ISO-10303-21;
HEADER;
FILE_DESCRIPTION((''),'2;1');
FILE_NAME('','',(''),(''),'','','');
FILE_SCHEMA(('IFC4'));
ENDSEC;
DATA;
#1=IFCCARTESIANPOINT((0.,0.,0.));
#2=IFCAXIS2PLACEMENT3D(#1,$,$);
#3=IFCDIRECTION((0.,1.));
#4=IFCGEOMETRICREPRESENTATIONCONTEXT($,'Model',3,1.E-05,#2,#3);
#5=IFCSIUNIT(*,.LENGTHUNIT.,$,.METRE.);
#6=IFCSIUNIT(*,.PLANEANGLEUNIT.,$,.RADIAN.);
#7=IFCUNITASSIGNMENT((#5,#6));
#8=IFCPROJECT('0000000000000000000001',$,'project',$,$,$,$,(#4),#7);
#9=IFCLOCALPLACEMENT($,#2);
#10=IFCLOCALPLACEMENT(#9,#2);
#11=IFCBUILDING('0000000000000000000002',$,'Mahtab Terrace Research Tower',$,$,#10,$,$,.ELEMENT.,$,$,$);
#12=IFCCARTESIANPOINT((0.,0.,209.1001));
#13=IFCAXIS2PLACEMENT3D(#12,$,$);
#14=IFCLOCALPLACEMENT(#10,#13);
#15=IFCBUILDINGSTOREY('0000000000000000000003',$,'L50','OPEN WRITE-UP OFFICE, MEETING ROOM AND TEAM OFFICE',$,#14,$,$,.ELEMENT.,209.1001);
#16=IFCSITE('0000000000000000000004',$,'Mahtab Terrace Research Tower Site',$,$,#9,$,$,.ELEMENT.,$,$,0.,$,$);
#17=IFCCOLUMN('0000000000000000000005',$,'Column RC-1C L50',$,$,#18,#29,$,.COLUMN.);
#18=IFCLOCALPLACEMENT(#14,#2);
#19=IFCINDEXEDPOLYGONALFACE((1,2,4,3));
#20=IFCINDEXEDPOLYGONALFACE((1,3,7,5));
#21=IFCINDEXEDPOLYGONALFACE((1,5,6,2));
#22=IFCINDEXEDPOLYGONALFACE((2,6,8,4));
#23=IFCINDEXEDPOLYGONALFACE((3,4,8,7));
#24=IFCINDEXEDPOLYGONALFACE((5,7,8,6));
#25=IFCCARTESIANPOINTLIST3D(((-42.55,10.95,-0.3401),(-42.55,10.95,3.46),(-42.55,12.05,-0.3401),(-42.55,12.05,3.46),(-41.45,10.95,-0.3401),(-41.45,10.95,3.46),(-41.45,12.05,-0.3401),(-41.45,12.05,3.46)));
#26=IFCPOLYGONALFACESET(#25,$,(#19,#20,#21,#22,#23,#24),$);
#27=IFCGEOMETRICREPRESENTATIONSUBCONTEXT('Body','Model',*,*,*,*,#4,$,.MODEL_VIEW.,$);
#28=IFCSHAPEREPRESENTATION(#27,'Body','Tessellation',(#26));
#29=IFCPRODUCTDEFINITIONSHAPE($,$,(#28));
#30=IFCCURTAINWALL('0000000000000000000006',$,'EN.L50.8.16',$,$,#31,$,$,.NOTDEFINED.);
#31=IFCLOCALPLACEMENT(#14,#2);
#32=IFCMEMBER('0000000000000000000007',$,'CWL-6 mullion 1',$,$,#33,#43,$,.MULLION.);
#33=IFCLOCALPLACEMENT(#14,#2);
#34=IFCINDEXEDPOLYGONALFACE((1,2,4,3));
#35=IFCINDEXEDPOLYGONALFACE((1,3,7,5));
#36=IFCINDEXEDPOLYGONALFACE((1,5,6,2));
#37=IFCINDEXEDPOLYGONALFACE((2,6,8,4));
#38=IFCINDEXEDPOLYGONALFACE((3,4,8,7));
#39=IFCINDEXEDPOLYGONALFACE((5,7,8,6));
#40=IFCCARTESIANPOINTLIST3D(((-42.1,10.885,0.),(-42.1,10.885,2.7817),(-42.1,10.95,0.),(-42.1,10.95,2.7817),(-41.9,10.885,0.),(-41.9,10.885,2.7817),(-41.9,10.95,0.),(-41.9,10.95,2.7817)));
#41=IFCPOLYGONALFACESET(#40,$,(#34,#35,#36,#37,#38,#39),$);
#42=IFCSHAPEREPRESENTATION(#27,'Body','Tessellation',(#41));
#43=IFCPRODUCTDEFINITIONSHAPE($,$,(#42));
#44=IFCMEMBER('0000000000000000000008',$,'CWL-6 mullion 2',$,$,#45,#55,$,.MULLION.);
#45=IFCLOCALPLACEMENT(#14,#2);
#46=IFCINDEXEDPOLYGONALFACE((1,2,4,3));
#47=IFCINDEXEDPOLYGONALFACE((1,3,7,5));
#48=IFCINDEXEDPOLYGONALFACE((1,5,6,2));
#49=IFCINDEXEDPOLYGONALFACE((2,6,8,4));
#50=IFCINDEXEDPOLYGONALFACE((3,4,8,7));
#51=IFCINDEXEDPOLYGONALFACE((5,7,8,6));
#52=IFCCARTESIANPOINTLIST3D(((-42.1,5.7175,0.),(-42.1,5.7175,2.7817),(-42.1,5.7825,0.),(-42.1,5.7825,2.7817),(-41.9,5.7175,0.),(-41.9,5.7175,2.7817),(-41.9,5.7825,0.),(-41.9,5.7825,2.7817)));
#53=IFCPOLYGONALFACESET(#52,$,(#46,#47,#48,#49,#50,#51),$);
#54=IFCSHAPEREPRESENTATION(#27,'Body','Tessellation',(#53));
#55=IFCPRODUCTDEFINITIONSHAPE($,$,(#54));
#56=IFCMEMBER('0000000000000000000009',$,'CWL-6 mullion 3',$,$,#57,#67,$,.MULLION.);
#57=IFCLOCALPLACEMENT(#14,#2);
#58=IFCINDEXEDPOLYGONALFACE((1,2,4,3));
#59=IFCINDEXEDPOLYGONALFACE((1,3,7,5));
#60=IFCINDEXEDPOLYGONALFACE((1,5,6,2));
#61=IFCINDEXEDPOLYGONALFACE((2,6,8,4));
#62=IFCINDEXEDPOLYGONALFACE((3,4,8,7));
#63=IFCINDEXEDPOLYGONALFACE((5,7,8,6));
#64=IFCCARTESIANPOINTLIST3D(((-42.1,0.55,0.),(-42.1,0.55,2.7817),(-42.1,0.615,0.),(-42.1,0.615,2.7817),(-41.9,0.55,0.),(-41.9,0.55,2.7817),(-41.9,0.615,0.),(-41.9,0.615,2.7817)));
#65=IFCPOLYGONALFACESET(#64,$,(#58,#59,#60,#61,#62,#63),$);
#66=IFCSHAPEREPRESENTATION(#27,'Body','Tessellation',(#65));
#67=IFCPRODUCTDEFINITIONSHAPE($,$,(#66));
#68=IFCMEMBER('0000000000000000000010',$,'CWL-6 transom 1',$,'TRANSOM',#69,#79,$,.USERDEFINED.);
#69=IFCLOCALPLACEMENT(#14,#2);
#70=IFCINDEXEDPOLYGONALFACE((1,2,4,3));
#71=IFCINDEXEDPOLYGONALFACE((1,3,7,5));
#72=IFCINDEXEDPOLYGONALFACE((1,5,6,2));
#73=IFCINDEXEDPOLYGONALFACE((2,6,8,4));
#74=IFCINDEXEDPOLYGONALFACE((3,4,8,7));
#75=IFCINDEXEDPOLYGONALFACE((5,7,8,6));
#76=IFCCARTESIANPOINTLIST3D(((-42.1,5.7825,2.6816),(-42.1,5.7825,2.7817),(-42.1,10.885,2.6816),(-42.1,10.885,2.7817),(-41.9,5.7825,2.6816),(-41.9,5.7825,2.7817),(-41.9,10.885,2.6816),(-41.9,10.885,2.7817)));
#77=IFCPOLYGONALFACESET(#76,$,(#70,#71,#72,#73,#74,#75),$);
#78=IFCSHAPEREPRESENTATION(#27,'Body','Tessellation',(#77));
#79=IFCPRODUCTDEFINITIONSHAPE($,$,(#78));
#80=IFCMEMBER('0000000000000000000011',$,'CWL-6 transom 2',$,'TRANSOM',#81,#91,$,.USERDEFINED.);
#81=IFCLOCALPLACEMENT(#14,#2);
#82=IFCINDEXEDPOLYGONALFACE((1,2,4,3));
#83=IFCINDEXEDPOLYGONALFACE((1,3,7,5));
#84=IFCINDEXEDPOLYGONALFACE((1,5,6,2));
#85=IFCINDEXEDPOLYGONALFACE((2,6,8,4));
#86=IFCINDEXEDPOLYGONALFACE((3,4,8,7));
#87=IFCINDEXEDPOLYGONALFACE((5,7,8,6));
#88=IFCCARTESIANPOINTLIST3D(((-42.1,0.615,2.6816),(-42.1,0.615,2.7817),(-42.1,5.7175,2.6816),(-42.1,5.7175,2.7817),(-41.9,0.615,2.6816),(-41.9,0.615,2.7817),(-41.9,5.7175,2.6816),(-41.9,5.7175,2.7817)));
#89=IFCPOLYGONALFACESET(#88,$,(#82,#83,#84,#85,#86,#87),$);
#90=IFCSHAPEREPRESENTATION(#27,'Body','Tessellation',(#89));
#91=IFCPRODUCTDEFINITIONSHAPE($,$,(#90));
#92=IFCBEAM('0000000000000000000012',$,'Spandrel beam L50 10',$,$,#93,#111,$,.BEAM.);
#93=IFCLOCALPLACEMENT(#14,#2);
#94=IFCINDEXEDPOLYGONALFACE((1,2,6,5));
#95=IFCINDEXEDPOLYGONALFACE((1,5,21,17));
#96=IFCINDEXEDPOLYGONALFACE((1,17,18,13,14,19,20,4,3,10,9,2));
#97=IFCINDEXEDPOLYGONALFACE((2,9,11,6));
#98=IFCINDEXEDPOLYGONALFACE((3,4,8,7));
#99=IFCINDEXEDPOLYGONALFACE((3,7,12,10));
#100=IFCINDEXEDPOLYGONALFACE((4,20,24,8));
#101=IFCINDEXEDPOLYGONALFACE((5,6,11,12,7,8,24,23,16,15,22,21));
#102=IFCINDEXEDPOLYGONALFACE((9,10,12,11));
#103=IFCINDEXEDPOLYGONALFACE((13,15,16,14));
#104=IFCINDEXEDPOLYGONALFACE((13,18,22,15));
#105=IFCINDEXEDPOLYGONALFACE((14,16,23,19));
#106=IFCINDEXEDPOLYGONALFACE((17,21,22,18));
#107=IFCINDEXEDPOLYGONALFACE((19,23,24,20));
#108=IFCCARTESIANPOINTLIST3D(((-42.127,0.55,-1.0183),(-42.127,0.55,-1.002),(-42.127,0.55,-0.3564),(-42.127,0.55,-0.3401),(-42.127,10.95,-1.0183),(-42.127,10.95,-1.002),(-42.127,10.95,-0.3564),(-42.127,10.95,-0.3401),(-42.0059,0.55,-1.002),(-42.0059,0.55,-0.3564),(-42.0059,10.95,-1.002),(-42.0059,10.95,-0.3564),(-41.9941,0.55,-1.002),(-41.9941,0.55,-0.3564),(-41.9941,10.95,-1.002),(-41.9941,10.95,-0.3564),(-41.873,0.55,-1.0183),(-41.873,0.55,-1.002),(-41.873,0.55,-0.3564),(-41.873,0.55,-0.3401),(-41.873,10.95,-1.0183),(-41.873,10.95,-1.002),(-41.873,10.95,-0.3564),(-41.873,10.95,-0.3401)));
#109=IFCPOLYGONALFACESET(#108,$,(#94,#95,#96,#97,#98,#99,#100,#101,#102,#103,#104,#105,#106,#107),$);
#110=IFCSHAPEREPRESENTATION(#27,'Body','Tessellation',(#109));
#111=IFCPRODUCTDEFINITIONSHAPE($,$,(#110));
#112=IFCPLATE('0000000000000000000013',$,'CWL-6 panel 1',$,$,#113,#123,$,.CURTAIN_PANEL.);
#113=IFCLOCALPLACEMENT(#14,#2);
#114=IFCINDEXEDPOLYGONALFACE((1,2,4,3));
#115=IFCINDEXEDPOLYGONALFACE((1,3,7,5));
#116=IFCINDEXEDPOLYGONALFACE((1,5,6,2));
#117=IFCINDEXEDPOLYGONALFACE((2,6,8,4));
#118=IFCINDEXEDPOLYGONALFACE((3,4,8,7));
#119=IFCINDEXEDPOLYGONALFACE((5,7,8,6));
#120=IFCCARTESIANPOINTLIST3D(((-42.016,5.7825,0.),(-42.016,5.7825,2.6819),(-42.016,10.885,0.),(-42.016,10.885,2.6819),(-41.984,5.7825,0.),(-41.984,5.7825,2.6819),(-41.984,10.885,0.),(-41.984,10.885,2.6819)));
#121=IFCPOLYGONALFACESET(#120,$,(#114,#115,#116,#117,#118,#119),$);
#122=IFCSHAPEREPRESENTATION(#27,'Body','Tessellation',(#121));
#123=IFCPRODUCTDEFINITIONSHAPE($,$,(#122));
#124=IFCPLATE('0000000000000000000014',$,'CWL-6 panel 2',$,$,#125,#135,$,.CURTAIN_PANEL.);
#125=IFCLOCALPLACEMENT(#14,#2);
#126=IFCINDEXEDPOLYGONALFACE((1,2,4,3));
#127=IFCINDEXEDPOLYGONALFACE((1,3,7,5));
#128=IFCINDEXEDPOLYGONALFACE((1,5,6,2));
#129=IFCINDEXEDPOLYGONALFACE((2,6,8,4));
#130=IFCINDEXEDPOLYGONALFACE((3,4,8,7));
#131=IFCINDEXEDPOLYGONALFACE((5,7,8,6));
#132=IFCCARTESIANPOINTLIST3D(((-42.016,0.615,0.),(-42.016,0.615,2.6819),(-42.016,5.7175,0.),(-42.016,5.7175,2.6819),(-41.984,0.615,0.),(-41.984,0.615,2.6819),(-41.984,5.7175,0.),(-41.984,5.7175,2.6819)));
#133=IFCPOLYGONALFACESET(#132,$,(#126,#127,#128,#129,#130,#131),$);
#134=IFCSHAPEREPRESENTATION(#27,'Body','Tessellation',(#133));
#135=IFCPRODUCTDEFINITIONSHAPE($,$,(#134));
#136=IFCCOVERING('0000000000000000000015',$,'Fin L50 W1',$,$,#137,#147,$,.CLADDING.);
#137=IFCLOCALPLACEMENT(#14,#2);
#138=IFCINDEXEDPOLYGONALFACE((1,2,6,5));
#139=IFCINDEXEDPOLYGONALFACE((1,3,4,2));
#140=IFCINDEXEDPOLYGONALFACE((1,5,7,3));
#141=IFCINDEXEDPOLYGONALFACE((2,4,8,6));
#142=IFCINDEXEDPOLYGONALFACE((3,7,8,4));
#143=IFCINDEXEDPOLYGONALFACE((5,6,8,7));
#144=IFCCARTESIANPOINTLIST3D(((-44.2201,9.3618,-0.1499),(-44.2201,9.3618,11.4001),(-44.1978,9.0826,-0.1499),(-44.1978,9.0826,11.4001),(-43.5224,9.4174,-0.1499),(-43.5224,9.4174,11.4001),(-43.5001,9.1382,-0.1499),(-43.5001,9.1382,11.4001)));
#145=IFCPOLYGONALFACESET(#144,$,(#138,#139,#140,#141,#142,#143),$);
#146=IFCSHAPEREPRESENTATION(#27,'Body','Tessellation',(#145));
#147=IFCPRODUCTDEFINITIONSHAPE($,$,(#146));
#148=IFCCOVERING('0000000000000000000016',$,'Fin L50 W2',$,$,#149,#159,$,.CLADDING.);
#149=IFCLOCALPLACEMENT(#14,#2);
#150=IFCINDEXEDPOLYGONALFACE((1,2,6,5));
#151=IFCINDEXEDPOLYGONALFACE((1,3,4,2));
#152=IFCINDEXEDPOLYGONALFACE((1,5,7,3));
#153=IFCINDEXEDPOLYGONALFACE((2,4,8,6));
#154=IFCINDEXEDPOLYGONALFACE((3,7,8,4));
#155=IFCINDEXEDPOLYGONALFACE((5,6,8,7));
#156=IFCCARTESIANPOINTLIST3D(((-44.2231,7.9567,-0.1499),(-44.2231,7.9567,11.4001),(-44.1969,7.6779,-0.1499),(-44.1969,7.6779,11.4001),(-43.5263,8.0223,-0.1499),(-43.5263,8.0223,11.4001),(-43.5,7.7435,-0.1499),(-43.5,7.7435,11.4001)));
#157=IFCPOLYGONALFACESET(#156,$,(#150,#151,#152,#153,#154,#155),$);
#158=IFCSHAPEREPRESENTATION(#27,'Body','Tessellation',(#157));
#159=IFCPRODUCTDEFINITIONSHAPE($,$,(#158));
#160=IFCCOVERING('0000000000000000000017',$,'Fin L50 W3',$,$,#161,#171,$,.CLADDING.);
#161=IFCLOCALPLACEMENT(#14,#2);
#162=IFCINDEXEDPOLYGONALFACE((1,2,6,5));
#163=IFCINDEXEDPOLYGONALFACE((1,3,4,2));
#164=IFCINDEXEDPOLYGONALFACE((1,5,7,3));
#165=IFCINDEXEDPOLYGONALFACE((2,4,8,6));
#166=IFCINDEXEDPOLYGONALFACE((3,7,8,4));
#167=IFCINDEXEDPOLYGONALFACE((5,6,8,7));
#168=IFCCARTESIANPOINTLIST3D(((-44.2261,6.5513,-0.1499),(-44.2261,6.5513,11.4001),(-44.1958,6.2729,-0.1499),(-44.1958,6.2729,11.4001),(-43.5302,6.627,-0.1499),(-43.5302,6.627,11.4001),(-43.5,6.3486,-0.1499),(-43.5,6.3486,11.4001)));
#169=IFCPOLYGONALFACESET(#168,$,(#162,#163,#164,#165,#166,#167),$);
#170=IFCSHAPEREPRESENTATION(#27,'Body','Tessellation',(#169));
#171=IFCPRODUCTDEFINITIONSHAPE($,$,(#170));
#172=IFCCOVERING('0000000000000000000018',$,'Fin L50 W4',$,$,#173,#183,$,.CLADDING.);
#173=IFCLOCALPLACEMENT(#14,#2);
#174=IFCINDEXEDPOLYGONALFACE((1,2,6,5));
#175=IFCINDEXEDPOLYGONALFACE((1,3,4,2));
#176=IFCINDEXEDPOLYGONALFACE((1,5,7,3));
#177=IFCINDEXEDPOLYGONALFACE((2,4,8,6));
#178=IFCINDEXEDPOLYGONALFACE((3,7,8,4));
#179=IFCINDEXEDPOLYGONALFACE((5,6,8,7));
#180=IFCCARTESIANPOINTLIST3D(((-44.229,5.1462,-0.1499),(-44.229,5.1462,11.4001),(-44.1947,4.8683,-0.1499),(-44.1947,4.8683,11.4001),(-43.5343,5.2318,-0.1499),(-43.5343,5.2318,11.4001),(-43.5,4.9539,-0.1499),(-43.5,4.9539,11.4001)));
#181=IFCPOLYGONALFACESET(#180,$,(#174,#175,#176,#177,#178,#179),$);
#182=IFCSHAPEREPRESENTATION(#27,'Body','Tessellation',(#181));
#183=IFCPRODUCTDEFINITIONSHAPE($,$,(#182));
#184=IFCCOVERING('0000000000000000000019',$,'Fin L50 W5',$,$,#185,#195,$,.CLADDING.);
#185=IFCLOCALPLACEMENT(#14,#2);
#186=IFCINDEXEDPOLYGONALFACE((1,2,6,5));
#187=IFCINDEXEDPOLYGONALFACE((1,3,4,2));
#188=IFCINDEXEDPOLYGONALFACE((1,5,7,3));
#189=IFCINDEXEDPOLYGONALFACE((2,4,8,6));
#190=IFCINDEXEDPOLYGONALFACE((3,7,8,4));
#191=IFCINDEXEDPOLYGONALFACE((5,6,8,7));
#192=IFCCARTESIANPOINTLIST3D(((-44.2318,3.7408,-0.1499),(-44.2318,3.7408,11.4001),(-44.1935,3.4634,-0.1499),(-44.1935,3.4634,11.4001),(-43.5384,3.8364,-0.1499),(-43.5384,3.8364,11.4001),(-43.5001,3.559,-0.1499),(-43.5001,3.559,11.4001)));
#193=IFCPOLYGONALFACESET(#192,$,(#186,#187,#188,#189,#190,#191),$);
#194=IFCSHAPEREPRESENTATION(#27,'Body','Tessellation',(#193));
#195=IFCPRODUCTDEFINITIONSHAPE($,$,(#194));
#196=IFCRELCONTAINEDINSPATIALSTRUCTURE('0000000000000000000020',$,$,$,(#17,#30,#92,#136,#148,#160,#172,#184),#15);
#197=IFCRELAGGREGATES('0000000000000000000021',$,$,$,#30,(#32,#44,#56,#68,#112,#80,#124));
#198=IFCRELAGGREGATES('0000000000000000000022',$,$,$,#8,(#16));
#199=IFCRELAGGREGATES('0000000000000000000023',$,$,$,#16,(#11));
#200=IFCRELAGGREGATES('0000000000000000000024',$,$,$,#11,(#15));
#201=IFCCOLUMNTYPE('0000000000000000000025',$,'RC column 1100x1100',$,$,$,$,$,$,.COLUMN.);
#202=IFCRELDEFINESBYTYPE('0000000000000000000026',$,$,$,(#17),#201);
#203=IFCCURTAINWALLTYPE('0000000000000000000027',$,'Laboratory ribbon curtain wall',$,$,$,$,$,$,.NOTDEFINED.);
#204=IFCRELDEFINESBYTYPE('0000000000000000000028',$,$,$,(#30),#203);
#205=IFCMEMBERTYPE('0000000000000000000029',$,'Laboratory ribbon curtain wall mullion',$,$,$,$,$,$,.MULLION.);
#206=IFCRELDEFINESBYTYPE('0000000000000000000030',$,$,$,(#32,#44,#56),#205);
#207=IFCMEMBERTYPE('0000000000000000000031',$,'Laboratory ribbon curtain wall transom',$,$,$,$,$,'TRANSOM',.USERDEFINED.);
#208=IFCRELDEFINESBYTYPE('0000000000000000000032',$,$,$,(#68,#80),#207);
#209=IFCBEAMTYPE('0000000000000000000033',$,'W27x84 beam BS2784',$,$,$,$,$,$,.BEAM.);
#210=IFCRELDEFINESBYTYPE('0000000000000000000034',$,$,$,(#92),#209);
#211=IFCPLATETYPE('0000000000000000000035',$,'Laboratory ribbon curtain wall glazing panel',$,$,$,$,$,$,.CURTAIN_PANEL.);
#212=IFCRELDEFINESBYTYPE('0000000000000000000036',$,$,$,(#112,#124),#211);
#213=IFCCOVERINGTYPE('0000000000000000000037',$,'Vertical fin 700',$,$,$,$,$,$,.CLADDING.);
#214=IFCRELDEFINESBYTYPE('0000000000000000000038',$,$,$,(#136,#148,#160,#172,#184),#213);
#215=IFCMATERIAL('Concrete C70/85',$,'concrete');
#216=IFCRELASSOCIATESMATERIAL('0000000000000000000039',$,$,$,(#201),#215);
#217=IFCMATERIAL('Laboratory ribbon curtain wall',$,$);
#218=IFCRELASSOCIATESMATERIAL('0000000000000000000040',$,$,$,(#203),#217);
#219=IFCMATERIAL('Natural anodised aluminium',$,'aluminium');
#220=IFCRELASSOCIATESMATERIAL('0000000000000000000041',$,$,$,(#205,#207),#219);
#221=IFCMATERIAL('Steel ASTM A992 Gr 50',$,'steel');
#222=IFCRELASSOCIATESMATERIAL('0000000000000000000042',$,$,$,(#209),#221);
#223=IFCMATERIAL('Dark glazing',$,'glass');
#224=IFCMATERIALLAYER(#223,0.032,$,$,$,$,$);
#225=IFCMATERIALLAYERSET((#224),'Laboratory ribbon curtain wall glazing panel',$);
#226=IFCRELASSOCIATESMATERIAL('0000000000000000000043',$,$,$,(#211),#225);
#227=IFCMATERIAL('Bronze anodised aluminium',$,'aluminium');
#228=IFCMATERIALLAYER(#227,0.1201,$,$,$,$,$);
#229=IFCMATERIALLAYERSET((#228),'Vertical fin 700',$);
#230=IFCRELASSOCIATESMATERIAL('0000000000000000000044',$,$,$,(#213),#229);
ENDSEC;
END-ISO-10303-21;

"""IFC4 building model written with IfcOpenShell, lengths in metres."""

from ifc_helpers import new_model, si_unit, direction, frame, origin, origin_2d, place, context, subcontext, project, spatial, rectangle, i_section, extrude, material, layer, layer_set, material_profile, profile_set, type_object, element, aggregate, save


model = new_model("IFC4")

# Units and contexts
model_context = context("Model", 3, precision=1e-05, world=origin(), true_north=direction((0.0, 1.0)))
body_context = subcontext(model_context, "Body", "Model", "MODEL_VIEW")
ifc_project = project(units=[si_unit("LENGTHUNIT", "METRE"), si_unit("PLANEANGLEUNIT", "RADIAN")], contexts=[model_context])

# Site, building, storey
site_placement = place(None, origin())
site = spatial("IfcSite", under=ifc_project, at=site_placement, Name="Mahtab Terrace Research Tower Site", CompositionType="ELEMENT", RefElevation=0.0)
building_placement = place(site_placement, origin())
building = spatial("IfcBuilding", under=site, at=building_placement, Name="Mahtab Terrace Research Tower", CompositionType="ELEMENT")
storey_placement = place(building_placement, frame((0.0, 0.0, 209.1001)))
storey = spatial("IfcBuildingStorey", under=building, at=storey_placement, Name="L50", Description="OPEN WRITE-UP OFFICE, MEETING ROOM AND TEAM OFFICE", CompositionType="ELEMENT", Elevation=209.1001)

# Column
ifc_material_1 = material(Name="Concrete C70/85", Category="concrete")
ifc_material_profile_1 = material_profile(ifc_material_1, rectangle(XDim=1.1001, YDim=1.1001, at=origin_2d()), Name="RC column 1100x1100")
ifc_profile_set_1 = profile_set([ifc_material_profile_1], Name="Concrete C70/85")
column_type = type_object("IfcColumnType", Name="RC column 1100x1100", PredefinedType="COLUMN", material=ifc_profile_set_1)
column_placement = place(storey_placement, frame((-42.0, 11.5, -0.3401), z_axis=(0.0, 0.0, 1.0), x_axis=(1.0, 0.0, 0.0)))
element("IfcColumn", 1, at=column_placement, inside=storey, type_object=column_type, Name="Column RC-1C L50", PredefinedType="COLUMN", context=body_context, shape_type="SweptSolid", body=[
    extrude(rectangle(XDim=1.1001, YDim=1.1001, at=origin_2d()), origin(), (0.0, 0.0, 1.0), 3.8),
])

# Curtain wall, members
ifc_material_2 = material(Name="Laboratory ribbon curtain wall")
curtain_wall_type = type_object("IfcCurtainWallType", Name="Laboratory ribbon curtain wall", PredefinedType="NOTDEFINED", material=ifc_material_2)
curtain_wall_placement = place(storey_placement, origin())
curtain_wall = element("IfcCurtainWall", 2, at=curtain_wall_placement, inside=storey, type_object=curtain_wall_type, Name="EN.L50.8.16", PredefinedType="NOTDEFINED")
ifc_material_3 = material(Name="Natural anodised aluminium", Category="aluminium")
ifc_material_profile_2 = material_profile(ifc_material_3, rectangle(XDim=0.2, YDim=0.0649, at=origin_2d()), Name="MULLION 65x200")
ifc_profile_set_2 = profile_set([ifc_material_profile_2], Name="Natural anodised aluminium")
member_type_1 = type_object("IfcMemberType", Name="Laboratory ribbon curtain wall mullion", PredefinedType="MULLION", material=ifc_profile_set_2)
member_1_placement = place(storey_placement, frame((-42.0, 10.9175, 0.0), z_axis=(0.0, 0.0, 1.0), x_axis=(1.0, 0.0, 0.0)))
member_1 = element("IfcMember", 3, at=member_1_placement, type_object=member_type_1, Name="CWL-6 mullion 1", PredefinedType="MULLION", context=body_context, shape_type="SweptSolid", body=[
    extrude(rectangle(XDim=0.2, YDim=0.0649, at=origin_2d()), origin(), (0.0, 0.0, 1.0), 2.7817),
])
member_2_placement = place(storey_placement, frame((-42.0, 5.75, 0.0), z_axis=(0.0, 0.0, 1.0), x_axis=(1.0, 0.0, 0.0)))
member_2 = element("IfcMember", 4, at=member_2_placement, type_object=member_type_1, Name="CWL-6 mullion 2", PredefinedType="MULLION", context=body_context, shape_type="SweptSolid", body=[
    extrude(rectangle(XDim=0.2, YDim=0.0649, at=origin_2d()), origin(), (0.0, 0.0, 1.0), 2.7817),
])
member_3_placement = place(storey_placement, frame((-42.0, 0.5825, 0.0), z_axis=(0.0, 0.0, 1.0), x_axis=(1.0, 0.0, 0.0)))
member_3 = element("IfcMember", 5, at=member_3_placement, type_object=member_type_1, Name="CWL-6 mullion 3", PredefinedType="MULLION", context=body_context, shape_type="SweptSolid", body=[
    extrude(rectangle(XDim=0.2, YDim=0.0649, at=origin_2d()), origin(), (0.0, 0.0, 1.0), 2.7817),
])
ifc_material_profile_3 = material_profile(ifc_material_3, rectangle(XDim=0.2, YDim=0.1001, at=origin_2d()), Name="TRANSOM 100x200")
ifc_profile_set_3 = profile_set([ifc_material_profile_3], Name="Natural anodised aluminium")
member_type_2 = type_object("IfcMemberType", Name="Laboratory ribbon curtain wall transom", ElementType="TRANSOM", PredefinedType="USERDEFINED", material=ifc_profile_set_3)
member_4_placement = place(storey_placement, frame((-42.0, 10.885, 2.7317), z_axis=(0.0, -1.0, 0.0), x_axis=(1.0, 0.0, 0.0)))
member_4 = element("IfcMember", 6, at=member_4_placement, type_object=member_type_2, Name="CWL-6 transom 1", ObjectType="TRANSOM", PredefinedType="USERDEFINED", context=body_context, shape_type="SweptSolid", body=[
    extrude(rectangle(XDim=0.2, YDim=0.1001, at=origin_2d()), origin(), (0.0, 0.0, 1.0), 5.1025),
])
member_5_placement = place(storey_placement, frame((-42.0, 5.7175, 2.7317), z_axis=(0.0, -1.0, 0.0), x_axis=(1.0, 0.0, 0.0)))
member_5 = element("IfcMember", 7, at=member_5_placement, type_object=member_type_2, Name="CWL-6 transom 2", ObjectType="TRANSOM", PredefinedType="USERDEFINED", context=body_context, shape_type="SweptSolid", body=[
    extrude(rectangle(XDim=0.2, YDim=0.1001, at=origin_2d()), origin(), (0.0, 0.0, 1.0), 5.1025),
])

# Beam
ifc_material_4 = material(Name="Steel ASTM A992 Gr 50", Category="steel")
ifc_material_profile_4 = material_profile(ifc_material_4, i_section(OverallWidth=0.2539, OverallDepth=0.6782, WebThickness=0.0117, FlangeThickness=0.0164, at=origin_2d()), Name="W27X84")
ifc_profile_set_4 = profile_set([ifc_material_profile_4], Name="Steel ASTM A992 Gr 50")
beam_type = type_object("IfcBeamType", Name="W27x84 beam BS2784", PredefinedType="BEAM", material=ifc_profile_set_4)
beam_placement = place(storey_placement, frame((-42.0, 10.95, -0.6792), z_axis=(0.0, -1.0, 0.0), x_axis=(1.0, 0.0, 0.0)))
element("IfcBeam", 8, at=beam_placement, inside=storey, type_object=beam_type, Name="Spandrel beam L50 10", PredefinedType="BEAM", context=body_context, shape_type="SweptSolid", body=[
    extrude(i_section(OverallWidth=0.2539, OverallDepth=0.6782, WebThickness=0.0117, FlangeThickness=0.0164, at=origin_2d()), origin(), (0.0, 0.0, 1.0), 10.3999),
])

# Plates
ifc_material_5 = material(Name="Dark glazing", Category="glass")
ifc_layer_1 = layer(ifc_material_5, 0.032)
ifc_layer_set_1 = layer_set([ifc_layer_1], Name="Laboratory ribbon curtain wall glazing panel")
plate_type = type_object("IfcPlateType", Name="Laboratory ribbon curtain wall glazing panel", PredefinedType="CURTAIN_PANEL", material=ifc_layer_set_1)
plate_1_placement = place(storey_placement, frame((-42.0, 8.3337, 0.0), z_axis=(0.0, 0.0, 1.0), x_axis=(0.0, -1.0, 0.0)))
plate_1 = element("IfcPlate", 9, at=plate_1_placement, type_object=plate_type, Name="CWL-6 panel 1", PredefinedType="CURTAIN_PANEL", context=body_context, shape_type="SweptSolid", body=[
    extrude(rectangle(XDim=5.1025, YDim=0.032, at=origin_2d()), origin(), (0.0, 0.0, 1.0), 2.6819),
])
plate_2_placement = place(storey_placement, frame((-42.0, 3.1663, 0.0), z_axis=(0.0, 0.0, 1.0), x_axis=(0.0, -1.0, 0.0)))
plate_2 = element("IfcPlate", 10, at=plate_2_placement, type_object=plate_type, Name="CWL-6 panel 2", PredefinedType="CURTAIN_PANEL", context=body_context, shape_type="SweptSolid", body=[
    extrude(rectangle(XDim=5.1025, YDim=0.032, at=origin_2d()), origin(), (0.0, 0.0, 1.0), 2.6819),
])
aggregate(curtain_wall, [member_1, member_2, member_3, member_4, plate_1, member_5, plate_2])

# Coverings
ifc_material_6 = material(Name="Bronze anodised aluminium", Category="aluminium")
ifc_layer_2 = layer(ifc_material_6, 0.1201)
ifc_layer_set_2 = layer_set([ifc_layer_2], Name="Vertical fin 700")
covering_type = type_object("IfcCoveringType", Name="Vertical fin 700", PredefinedType="CLADDING", material=ifc_layer_set_2)
for number, where, z_axis, x_axis, name in (
    (11, (-43.8601, 9.25, -0.1499), (0.0, 0.0, 1.0), (0.079483, -0.996836, 0.0), "Fin L50 W1"),
    (12, (-43.8616, 7.8501, -0.1499), (0.0, 0.0, 1.0), (0.093802, -0.995591, 0.0), "Fin L50 W2"),
    (13, (-43.863, 6.45, -0.1499), (0.0, 0.0, 1.0), (0.108101, -0.99414, 0.0), "Fin L50 W3"),
    (14, (-43.8645, 5.05, -0.1499), (0.0, 0.0, 1.0), (0.122379, -0.992483, 0.0), "Fin L50 W4"),
    (15, (-43.866, 3.6499, -0.1499), (0.0, 0.0, 1.0), (0.136631, -0.990622, 0.0), "Fin L50 W5"),
):
    element("IfcCovering", number, at=place(storey_placement, frame(where, z_axis=z_axis, x_axis=x_axis)), inside=storey, type_object=covering_type, Name=name, PredefinedType="CLADDING", context=body_context, shape_type="SweptSolid", body=[
        extrude(rectangle(XDim=0.28, YDim=0.7, at=origin_2d()), origin(), (0.0, 0.0, 1.0), 11.55),
    ])

save(model, "model.ifc")
